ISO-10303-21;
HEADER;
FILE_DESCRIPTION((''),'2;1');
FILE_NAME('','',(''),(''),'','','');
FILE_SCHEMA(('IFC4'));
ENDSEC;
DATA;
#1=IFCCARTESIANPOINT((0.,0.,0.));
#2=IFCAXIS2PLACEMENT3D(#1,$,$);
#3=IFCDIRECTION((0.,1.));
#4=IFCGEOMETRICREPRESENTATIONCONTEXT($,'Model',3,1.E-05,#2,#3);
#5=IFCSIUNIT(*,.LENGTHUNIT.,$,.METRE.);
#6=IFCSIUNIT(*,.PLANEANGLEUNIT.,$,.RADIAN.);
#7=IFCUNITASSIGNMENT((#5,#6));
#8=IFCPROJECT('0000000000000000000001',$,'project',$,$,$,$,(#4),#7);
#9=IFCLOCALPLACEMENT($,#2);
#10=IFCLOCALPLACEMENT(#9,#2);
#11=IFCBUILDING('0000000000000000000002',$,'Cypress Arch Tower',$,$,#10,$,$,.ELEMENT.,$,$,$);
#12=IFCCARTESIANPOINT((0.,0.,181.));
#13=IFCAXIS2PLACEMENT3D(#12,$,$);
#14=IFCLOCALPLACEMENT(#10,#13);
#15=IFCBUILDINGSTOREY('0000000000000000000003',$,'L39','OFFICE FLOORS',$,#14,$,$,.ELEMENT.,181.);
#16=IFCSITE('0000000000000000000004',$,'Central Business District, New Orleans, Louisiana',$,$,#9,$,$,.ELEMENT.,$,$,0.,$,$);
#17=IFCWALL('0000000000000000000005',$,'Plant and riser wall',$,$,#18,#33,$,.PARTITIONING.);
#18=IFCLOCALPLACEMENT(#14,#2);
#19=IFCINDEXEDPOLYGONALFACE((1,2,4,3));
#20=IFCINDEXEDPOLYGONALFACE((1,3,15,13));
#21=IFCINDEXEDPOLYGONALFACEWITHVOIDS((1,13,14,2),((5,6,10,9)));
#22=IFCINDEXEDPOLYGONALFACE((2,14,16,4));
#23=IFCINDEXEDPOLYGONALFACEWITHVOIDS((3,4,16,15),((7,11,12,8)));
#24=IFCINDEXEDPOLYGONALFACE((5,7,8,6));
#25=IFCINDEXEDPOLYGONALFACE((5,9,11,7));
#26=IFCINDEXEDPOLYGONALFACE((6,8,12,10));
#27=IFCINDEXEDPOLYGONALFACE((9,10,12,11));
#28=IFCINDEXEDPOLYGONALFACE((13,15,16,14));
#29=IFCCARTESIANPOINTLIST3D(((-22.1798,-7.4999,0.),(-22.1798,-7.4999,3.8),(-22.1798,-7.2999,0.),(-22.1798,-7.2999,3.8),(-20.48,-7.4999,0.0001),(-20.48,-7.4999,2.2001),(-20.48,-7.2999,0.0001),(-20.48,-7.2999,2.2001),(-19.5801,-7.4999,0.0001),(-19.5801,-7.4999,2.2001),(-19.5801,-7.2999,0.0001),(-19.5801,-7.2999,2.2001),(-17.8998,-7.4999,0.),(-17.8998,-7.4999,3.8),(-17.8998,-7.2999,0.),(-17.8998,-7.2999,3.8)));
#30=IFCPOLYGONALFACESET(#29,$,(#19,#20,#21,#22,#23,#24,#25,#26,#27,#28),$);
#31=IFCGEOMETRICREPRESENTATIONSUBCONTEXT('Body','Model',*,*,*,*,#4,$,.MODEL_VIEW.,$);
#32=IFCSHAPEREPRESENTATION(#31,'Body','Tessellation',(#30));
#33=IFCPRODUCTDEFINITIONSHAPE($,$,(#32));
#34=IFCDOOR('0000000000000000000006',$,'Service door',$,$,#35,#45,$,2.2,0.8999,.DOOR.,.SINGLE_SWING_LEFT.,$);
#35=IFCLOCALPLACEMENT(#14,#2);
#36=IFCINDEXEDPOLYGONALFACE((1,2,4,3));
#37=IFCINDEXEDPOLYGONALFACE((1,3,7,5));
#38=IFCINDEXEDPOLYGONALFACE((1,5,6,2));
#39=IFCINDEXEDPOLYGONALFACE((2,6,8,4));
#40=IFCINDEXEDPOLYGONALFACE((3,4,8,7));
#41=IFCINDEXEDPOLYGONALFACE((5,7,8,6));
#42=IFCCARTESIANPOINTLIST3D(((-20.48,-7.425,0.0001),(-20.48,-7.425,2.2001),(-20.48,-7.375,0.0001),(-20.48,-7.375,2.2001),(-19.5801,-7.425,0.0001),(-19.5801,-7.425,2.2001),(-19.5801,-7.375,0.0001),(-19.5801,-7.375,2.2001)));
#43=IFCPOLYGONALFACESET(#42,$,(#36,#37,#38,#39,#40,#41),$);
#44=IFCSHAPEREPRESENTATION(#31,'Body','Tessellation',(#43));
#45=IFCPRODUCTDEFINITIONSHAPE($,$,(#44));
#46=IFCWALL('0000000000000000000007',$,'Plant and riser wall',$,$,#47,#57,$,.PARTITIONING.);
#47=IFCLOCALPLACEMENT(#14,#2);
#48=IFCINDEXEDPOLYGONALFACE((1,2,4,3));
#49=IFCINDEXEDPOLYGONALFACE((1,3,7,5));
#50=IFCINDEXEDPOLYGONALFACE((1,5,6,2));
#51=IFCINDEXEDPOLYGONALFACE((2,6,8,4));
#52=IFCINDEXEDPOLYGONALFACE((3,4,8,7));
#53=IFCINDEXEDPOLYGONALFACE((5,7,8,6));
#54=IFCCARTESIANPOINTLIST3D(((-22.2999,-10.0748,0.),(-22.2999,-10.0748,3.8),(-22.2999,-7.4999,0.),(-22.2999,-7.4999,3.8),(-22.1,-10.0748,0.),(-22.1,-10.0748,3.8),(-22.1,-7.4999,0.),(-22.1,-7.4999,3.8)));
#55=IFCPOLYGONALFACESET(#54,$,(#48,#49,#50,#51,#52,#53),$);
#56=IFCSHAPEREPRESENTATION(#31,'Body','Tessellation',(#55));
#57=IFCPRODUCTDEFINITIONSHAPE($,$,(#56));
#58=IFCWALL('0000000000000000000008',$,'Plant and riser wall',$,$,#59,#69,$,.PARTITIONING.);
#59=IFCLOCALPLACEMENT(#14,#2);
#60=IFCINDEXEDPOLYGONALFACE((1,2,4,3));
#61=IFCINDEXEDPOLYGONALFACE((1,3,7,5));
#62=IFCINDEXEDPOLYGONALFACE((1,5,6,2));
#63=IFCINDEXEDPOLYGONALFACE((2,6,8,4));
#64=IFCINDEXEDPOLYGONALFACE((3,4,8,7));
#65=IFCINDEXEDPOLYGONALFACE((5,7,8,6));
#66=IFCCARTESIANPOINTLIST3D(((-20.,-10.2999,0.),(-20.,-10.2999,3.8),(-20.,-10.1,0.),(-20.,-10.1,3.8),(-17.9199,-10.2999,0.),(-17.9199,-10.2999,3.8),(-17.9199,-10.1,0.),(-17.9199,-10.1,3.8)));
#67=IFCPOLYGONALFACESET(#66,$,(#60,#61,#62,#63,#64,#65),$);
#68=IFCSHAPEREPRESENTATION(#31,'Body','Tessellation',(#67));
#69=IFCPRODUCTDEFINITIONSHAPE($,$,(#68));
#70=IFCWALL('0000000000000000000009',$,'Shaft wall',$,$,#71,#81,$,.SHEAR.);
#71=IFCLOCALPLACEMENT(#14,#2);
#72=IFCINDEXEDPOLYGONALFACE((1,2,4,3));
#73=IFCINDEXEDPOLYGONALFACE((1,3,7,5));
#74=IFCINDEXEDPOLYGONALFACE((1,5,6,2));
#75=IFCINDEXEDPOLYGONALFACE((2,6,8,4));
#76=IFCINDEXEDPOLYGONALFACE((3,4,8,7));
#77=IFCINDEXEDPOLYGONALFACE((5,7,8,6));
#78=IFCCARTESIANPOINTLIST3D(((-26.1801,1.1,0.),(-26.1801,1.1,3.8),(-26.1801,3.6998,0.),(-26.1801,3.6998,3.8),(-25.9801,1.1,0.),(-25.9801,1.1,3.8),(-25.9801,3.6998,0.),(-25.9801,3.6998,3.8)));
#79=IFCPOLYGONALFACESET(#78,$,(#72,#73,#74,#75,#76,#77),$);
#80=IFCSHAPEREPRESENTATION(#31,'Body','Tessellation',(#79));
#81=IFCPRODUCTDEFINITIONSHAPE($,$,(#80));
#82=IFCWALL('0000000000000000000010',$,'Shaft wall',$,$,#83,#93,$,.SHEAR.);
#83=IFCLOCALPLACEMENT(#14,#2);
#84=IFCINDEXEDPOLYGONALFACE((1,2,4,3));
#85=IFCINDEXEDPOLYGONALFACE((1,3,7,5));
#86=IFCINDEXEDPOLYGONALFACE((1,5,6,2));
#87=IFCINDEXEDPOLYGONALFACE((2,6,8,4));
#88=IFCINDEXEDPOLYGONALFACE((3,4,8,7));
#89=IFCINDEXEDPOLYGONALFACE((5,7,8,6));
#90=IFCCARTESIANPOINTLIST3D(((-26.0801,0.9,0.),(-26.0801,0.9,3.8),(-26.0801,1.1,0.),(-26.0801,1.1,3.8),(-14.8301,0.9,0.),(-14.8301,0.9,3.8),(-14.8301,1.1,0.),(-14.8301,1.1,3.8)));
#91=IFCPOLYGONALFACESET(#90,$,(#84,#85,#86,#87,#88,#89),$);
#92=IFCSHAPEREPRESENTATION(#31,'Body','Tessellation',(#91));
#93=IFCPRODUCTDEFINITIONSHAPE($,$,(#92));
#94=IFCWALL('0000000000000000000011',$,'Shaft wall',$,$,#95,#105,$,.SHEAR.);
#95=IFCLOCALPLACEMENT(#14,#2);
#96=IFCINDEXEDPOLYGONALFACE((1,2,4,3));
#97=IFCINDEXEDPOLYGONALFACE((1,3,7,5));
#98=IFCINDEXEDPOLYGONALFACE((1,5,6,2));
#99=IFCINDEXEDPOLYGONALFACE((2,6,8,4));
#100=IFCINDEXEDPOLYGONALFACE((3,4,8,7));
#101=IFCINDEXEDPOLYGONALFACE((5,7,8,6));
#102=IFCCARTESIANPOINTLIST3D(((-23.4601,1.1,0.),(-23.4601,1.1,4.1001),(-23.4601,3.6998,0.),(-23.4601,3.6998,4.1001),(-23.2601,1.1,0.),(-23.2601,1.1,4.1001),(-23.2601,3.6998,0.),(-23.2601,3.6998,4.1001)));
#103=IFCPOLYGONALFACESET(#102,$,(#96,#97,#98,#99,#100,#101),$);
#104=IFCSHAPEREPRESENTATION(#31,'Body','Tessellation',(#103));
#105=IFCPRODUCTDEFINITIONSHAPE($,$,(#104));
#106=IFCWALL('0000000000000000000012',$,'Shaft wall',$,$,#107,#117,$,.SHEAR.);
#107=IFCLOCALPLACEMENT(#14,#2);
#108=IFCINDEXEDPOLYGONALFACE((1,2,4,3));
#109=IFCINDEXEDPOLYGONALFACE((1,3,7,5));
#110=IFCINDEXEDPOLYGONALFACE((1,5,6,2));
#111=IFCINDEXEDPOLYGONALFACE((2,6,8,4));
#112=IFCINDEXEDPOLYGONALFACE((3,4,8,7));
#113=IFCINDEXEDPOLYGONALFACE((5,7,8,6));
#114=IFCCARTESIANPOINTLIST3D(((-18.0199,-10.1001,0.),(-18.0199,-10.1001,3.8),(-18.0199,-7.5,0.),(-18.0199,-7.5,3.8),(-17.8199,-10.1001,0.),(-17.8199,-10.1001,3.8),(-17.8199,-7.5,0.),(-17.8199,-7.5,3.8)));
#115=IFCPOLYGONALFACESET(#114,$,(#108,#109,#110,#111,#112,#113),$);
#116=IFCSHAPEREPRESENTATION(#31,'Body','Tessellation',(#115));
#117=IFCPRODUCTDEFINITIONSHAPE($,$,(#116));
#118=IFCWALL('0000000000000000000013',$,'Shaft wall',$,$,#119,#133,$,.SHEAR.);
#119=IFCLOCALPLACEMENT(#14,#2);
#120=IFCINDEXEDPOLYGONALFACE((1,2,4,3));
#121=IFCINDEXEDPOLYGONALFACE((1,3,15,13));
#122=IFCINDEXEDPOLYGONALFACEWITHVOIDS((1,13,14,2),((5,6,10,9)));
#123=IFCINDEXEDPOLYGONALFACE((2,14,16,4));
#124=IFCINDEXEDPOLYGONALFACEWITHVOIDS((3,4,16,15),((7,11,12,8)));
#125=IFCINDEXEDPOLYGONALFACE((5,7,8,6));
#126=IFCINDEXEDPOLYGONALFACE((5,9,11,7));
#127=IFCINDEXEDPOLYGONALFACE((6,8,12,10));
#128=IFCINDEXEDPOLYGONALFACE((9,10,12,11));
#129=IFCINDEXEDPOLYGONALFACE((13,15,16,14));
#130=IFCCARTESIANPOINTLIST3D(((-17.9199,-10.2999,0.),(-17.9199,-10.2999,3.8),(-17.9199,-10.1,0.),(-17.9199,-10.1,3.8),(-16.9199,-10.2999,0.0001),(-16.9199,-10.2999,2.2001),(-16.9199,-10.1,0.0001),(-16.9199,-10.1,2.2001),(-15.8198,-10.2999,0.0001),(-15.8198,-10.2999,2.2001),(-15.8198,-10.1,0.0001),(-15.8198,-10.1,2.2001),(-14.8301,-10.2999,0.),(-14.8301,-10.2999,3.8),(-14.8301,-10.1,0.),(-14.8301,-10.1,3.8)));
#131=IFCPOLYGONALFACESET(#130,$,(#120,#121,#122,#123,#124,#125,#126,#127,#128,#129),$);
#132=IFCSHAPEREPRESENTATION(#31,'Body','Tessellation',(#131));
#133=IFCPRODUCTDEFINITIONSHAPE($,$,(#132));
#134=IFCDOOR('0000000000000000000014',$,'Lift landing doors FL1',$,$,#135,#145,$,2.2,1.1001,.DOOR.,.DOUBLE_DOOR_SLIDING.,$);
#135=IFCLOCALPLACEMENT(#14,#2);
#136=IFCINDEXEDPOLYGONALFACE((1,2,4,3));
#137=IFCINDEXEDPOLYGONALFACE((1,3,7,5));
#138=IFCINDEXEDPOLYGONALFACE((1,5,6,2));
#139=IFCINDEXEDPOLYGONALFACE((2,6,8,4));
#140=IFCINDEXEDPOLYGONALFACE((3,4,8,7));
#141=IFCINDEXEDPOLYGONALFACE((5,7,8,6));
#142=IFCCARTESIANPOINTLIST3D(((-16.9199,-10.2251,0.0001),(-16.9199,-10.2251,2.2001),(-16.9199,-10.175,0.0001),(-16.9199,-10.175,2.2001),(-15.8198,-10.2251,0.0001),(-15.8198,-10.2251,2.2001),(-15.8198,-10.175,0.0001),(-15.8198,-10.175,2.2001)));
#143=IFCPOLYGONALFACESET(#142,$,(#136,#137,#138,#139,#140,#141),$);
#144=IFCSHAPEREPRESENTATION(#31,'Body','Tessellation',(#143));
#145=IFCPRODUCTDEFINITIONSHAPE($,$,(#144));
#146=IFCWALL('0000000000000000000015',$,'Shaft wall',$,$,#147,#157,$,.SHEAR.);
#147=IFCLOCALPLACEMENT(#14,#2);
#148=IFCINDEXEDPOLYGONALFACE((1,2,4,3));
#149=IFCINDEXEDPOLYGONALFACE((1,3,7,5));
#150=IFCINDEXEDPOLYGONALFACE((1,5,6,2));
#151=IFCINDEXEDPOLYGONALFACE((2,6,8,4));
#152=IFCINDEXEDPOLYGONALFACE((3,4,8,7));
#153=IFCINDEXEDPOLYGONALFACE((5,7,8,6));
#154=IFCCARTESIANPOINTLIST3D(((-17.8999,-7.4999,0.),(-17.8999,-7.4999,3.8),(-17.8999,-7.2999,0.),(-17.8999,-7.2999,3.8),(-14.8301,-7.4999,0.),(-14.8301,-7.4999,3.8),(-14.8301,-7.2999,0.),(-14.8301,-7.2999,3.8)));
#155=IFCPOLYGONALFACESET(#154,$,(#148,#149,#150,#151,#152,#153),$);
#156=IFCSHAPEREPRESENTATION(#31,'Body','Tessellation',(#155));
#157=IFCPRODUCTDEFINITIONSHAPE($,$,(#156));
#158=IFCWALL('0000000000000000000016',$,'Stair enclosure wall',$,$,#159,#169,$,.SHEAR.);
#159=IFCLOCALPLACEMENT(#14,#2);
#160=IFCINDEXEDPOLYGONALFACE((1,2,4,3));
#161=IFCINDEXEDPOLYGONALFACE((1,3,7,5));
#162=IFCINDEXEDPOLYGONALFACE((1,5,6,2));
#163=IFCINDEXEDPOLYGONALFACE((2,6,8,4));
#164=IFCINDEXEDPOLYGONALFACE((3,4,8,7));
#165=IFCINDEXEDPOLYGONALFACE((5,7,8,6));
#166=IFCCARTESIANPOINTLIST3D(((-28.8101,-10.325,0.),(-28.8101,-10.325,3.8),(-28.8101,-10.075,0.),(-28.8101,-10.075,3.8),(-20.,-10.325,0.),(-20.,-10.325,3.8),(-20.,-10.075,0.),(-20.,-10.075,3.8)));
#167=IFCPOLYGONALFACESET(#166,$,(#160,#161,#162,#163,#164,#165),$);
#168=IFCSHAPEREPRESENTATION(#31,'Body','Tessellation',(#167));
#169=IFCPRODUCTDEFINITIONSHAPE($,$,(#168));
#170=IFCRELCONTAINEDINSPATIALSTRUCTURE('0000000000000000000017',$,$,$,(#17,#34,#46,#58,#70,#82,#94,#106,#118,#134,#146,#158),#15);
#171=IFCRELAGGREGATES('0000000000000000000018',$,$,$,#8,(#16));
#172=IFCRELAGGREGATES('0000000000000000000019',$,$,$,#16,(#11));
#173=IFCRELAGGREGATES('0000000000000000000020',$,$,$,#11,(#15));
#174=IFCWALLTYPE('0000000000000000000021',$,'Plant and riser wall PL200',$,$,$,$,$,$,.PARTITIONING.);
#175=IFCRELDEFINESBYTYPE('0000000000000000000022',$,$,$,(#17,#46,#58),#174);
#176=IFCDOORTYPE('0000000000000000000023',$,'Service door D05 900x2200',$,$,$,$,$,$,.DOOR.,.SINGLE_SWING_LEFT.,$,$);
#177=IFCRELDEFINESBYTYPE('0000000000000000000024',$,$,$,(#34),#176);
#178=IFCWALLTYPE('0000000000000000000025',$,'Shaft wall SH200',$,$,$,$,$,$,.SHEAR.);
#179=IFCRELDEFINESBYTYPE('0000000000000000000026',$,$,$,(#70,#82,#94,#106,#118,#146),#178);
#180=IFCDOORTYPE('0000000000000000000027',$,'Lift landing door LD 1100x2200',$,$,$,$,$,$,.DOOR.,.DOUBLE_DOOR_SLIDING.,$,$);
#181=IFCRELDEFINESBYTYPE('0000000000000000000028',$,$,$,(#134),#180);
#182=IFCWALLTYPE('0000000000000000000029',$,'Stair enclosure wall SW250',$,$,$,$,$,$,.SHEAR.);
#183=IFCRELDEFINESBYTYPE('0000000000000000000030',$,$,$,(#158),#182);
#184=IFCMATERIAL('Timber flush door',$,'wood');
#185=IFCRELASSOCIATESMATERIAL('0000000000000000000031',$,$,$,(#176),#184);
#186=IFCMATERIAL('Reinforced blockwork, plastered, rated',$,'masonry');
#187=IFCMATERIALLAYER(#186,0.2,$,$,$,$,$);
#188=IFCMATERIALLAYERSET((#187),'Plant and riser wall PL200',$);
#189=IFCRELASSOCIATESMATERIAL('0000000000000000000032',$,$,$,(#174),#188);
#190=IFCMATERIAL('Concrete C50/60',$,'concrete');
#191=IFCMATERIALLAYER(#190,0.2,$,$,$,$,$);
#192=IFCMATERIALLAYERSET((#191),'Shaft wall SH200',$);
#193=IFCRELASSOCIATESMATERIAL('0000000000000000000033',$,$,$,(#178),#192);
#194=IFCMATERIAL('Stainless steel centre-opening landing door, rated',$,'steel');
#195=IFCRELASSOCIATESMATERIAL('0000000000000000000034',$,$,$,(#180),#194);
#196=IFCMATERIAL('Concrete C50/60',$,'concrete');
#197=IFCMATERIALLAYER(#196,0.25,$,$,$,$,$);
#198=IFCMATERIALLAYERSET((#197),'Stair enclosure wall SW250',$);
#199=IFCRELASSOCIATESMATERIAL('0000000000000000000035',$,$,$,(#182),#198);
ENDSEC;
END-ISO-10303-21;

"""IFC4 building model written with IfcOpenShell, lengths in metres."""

from ifc_helpers import new_model, si_unit, direction, frame, frame_2d, origin, place, context, subcontext, project, spatial, rectangle, extrude, material, layer, layer_set, type_object, element, fill, save


model = new_model("IFC4")

# Units and contexts
model_context = context("Model", 3, precision=1e-05, world=origin(), true_north=direction((0.0, 1.0)))
body_context = subcontext(model_context, "Body", "Model", "MODEL_VIEW")
ifc_project = project(units=[si_unit("LENGTHUNIT", "METRE"), si_unit("PLANEANGLEUNIT", "RADIAN")], contexts=[model_context])

# Site, building, storey
site_placement = place(None, origin())
site = spatial("IfcSite", under=ifc_project, at=site_placement, Name="Central Business District, New Orleans, Louisiana", CompositionType="ELEMENT", RefElevation=0.0)
building_placement = place(site_placement, origin())
building = spatial("IfcBuilding", under=site, at=building_placement, Name="Cypress Arch Tower", CompositionType="ELEMENT")
storey_placement = place(building_placement, frame((0.0, 0.0, 181.0)))
storey = spatial("IfcBuildingStorey", under=building, at=storey_placement, Name="L39", Description="OFFICE FLOORS", CompositionType="ELEMENT", Elevation=181.0)

# Shared definitions
ifc_material_1 = material(Name="Timber flush door", Category="wood")
door_type_1 = type_object("IfcDoorType", Name="Service door D05 900x2200", OperationType="SINGLE_SWING_LEFT", PredefinedType="DOOR", material=ifc_material_1)

# Shared definitions
ifc_material_2 = material(Name="Reinforced blockwork, plastered, rated", Category="masonry")
ifc_layer_1 = layer(ifc_material_2, 0.2)
ifc_layer_set_1 = layer_set([ifc_layer_1], Name="Plant and riser wall PL200")
wall_type_1 = type_object("IfcWallType", Name="Plant and riser wall PL200", PredefinedType="PARTITIONING", material=ifc_layer_set_1)

# Wall, opening, door
wall_1_placement = place(storey_placement, frame((-22.1799, -7.3999, 0.0), z_axis=(0.0, 0.0, 1.0), x_axis=(1.0, 0.0, 0.0)))
wall_1 = element("IfcWall", 1, at=wall_1_placement, inside=storey, type_object=wall_type_1, Name="Plant and riser wall", PredefinedType="PARTITIONING", context=body_context, shape_type="SweptSolid", body=[
    extrude(rectangle(XDim=4.28, YDim=0.2, at=frame_2d((2.1401, 0.0))), origin(), (0.0, 0.0, 1.0), 3.8),
])
opening_1_placement = place(wall_1_placement, frame((1.7, 0.0, 0.0)))
opening_1 = element("IfcOpeningElement", 2, at=opening_1_placement, cuts=wall_1, PredefinedType="OPENING", context=body_context, shape_type="SweptSolid", body=[
    extrude(rectangle(XDim=0.8999, YDim=2.2, at=frame_2d((0.45, 1.1001))), frame((0.0, 0.1099, 0.0), z_axis=(0.0, -1.0, 0.0), x_axis=(1.0, 0.0, 0.0)), (0.0, 0.0, 1.0), 0.22),
])
door_1_placement = place(opening_1_placement, origin())
door_1 = element("IfcDoor", 3, at=door_1_placement, inside=storey, type_object=door_type_1, Name="Service door", OperationType="SINGLE_SWING_LEFT", OverallHeight=2.2, OverallWidth=0.8999, PredefinedType="DOOR", context=body_context, shape_type="SweptSolid", body=[
    extrude(rectangle(XDim=0.8999, YDim=2.2, at=frame_2d((0.45, 1.1001))), frame((0.0, 0.0249, 0.0), z_axis=(0.0, -1.0, 0.0), x_axis=(1.0, 0.0, 0.0)), (0.0, 0.0, 1.0), 0.05),
])
fill(opening_1, door_1)

# Walls
wall_2_placement = place(storey_placement, frame((-22.2, -10.075, 0.0), z_axis=(0.0, 0.0, 1.0), x_axis=(0.0, 1.0, 0.0)))
element("IfcWall", 4, at=wall_2_placement, inside=storey, type_object=wall_type_1, Name="Plant and riser wall", PredefinedType="PARTITIONING", context=body_context, shape_type="SweptSolid", body=[
    extrude(rectangle(XDim=2.575, YDim=0.2, at=frame_2d((1.2876, 0.0))), origin(), (0.0, 0.0, 1.0), 3.8),
])
wall_3_placement = place(storey_placement, frame((-20.0, -10.2, 0.0), z_axis=(0.0, 0.0, 1.0), x_axis=(1.0, 0.0, 0.0)))
element("IfcWall", 5, at=wall_3_placement, inside=storey, type_object=wall_type_1, Name="Plant and riser wall", PredefinedType="PARTITIONING", context=body_context, shape_type="SweptSolid", body=[
    extrude(rectangle(XDim=2.0801, YDim=0.2, at=frame_2d((1.04, 0.0))), origin(), (0.0, 0.0, 1.0), 3.8),
])
ifc_material_3 = material(Name="Concrete C50/60", Category="concrete")
ifc_layer_2 = layer(ifc_material_3, 0.2)
ifc_layer_set_2 = layer_set([ifc_layer_2], Name="Shaft wall SH200")
wall_type_2 = type_object("IfcWallType", Name="Shaft wall SH200", PredefinedType="SHEAR", material=ifc_layer_set_2)
wall_4_placement = place(storey_placement, frame((-26.0801, 1.1001, 0.0), z_axis=(0.0, 0.0, 1.0), x_axis=(0.0, 1.0, 0.0)))
element("IfcWall", 6, at=wall_4_placement, inside=storey, type_object=wall_type_2, Name="Shaft wall", PredefinedType="SHEAR", context=body_context, shape_type="SweptSolid", body=[
    extrude(rectangle(XDim=2.5999, YDim=0.2, at=frame_2d((1.2998, 0.0))), origin(), (0.0, 0.0, 1.0), 3.8),
])
wall_5_placement = place(storey_placement, frame((-26.0801, 1.0, 0.0), z_axis=(0.0, 0.0, 1.0), x_axis=(1.0, 0.0, 0.0)))
element("IfcWall", 7, at=wall_5_placement, inside=storey, type_object=wall_type_2, Name="Shaft wall", PredefinedType="SHEAR", context=body_context, shape_type="SweptSolid", body=[
    extrude(rectangle(XDim=11.25, YDim=0.2, at=frame_2d((5.625, 0.0))), origin(), (0.0, 0.0, 1.0), 3.8),
])
wall_6_placement = place(storey_placement, frame((-23.3601, 1.1001, 0.0), z_axis=(0.0, 0.0, 1.0), x_axis=(0.0, 1.0, 0.0)))
element("IfcWall", 8, at=wall_6_placement, inside=storey, type_object=wall_type_2, Name="Shaft wall", PredefinedType="SHEAR", context=body_context, shape_type="SweptSolid", body=[
    extrude(rectangle(XDim=2.5999, YDim=0.2, at=frame_2d((1.2998, 0.0))), origin(), (0.0, 0.0, 1.0), 4.1001),
])
wall_7_placement = place(storey_placement, frame((-17.9199, -10.1001, 0.0), z_axis=(0.0, 0.0, 1.0), x_axis=(0.0, 1.0, 0.0)))
element("IfcWall", 9, at=wall_7_placement, inside=storey, type_object=wall_type_2, Name="Shaft wall", PredefinedType="SHEAR", context=body_context, shape_type="SweptSolid", body=[
    extrude(rectangle(XDim=2.6001, YDim=0.2, at=frame_2d((1.3, 0.0))), origin(), (0.0, 0.0, 1.0), 3.8),
])

# Wall, opening, door
wall_8_placement = place(storey_placement, frame((-17.9199, -10.2, 0.0), z_axis=(0.0, 0.0, 1.0), x_axis=(1.0, 0.0, 0.0)))
wall_8 = element("IfcWall", 10, at=wall_8_placement, inside=storey, type_object=wall_type_2, Name="Shaft wall", PredefinedType="SHEAR", context=body_context, shape_type="SweptSolid", body=[
    extrude(rectangle(XDim=3.0898, YDim=0.2, at=frame_2d((1.5449, 0.0))), origin(), (0.0, 0.0, 1.0), 3.8),
])
opening_2_placement = place(wall_8_placement, frame((1.0, 0.0, 0.0)))
opening_2 = element("IfcOpeningElement", 11, at=opening_2_placement, cuts=wall_8, PredefinedType="OPENING", context=body_context, shape_type="SweptSolid", body=[
    extrude(rectangle(XDim=1.1001, YDim=2.2, at=frame_2d((0.55, 1.1001))), frame((0.0, 0.1099, 0.0), z_axis=(0.0, -1.0, 0.0), x_axis=(1.0, 0.0, 0.0)), (0.0, 0.0, 1.0), 0.22),
])
ifc_material_4 = material(Name="Stainless steel centre-opening landing door, rated", Category="steel")
door_type_2 = type_object("IfcDoorType", Name="Lift landing door LD 1100x2200", OperationType="DOUBLE_DOOR_SLIDING", PredefinedType="DOOR", material=ifc_material_4)
door_2_placement = place(opening_2_placement, origin())
door_2 = element("IfcDoor", 12, at=door_2_placement, inside=storey, type_object=door_type_2, Name="Lift landing doors FL1", OperationType="DOUBLE_DOOR_SLIDING", OverallHeight=2.2, OverallWidth=1.1001, PredefinedType="DOOR", context=body_context, shape_type="SweptSolid", body=[
    extrude(rectangle(XDim=1.1001, YDim=2.2, at=frame_2d((0.55, 1.1001))), frame((0.0, 0.0249, 0.0), z_axis=(0.0, -1.0, 0.0), x_axis=(1.0, 0.0, 0.0)), (0.0, 0.0, 1.0), 0.05),
])
fill(opening_2, door_2)

# Walls
wall_9_placement = place(storey_placement, frame((-17.8999, -7.3999, 0.0), z_axis=(0.0, 0.0, 1.0), x_axis=(1.0, 0.0, 0.0)))
element("IfcWall", 13, at=wall_9_placement, inside=storey, type_object=wall_type_2, Name="Shaft wall", PredefinedType="SHEAR", context=body_context, shape_type="SweptSolid", body=[
    extrude(rectangle(XDim=3.0698, YDim=0.2, at=frame_2d((1.5349, 0.0))), origin(), (0.0, 0.0, 1.0), 3.8),
])
ifc_material_5 = material(Name="Concrete C50/60", Category="concrete")
ifc_layer_3 = layer(ifc_material_5, 0.25)
ifc_layer_set_3 = layer_set([ifc_layer_3], Name="Stair enclosure wall SW250")
wall_type_3 = type_object("IfcWallType", Name="Stair enclosure wall SW250", PredefinedType="SHEAR", material=ifc_layer_set_3)
wall_10_placement = place(storey_placement, frame((-28.8101, -10.2, 0.0), z_axis=(0.0, 0.0, 1.0), x_axis=(1.0, 0.0, 0.0)))
element("IfcWall", 14, at=wall_10_placement, inside=storey, type_object=wall_type_3, Name="Stair enclosure wall", PredefinedType="SHEAR", context=body_context, shape_type="SweptSolid", body=[
    extrude(rectangle(XDim=8.8101, YDim=0.25, at=frame_2d((4.405, 0.0))), origin(), (0.0, 0.0, 1.0), 3.8),
])

save(model, "model.ifc")
